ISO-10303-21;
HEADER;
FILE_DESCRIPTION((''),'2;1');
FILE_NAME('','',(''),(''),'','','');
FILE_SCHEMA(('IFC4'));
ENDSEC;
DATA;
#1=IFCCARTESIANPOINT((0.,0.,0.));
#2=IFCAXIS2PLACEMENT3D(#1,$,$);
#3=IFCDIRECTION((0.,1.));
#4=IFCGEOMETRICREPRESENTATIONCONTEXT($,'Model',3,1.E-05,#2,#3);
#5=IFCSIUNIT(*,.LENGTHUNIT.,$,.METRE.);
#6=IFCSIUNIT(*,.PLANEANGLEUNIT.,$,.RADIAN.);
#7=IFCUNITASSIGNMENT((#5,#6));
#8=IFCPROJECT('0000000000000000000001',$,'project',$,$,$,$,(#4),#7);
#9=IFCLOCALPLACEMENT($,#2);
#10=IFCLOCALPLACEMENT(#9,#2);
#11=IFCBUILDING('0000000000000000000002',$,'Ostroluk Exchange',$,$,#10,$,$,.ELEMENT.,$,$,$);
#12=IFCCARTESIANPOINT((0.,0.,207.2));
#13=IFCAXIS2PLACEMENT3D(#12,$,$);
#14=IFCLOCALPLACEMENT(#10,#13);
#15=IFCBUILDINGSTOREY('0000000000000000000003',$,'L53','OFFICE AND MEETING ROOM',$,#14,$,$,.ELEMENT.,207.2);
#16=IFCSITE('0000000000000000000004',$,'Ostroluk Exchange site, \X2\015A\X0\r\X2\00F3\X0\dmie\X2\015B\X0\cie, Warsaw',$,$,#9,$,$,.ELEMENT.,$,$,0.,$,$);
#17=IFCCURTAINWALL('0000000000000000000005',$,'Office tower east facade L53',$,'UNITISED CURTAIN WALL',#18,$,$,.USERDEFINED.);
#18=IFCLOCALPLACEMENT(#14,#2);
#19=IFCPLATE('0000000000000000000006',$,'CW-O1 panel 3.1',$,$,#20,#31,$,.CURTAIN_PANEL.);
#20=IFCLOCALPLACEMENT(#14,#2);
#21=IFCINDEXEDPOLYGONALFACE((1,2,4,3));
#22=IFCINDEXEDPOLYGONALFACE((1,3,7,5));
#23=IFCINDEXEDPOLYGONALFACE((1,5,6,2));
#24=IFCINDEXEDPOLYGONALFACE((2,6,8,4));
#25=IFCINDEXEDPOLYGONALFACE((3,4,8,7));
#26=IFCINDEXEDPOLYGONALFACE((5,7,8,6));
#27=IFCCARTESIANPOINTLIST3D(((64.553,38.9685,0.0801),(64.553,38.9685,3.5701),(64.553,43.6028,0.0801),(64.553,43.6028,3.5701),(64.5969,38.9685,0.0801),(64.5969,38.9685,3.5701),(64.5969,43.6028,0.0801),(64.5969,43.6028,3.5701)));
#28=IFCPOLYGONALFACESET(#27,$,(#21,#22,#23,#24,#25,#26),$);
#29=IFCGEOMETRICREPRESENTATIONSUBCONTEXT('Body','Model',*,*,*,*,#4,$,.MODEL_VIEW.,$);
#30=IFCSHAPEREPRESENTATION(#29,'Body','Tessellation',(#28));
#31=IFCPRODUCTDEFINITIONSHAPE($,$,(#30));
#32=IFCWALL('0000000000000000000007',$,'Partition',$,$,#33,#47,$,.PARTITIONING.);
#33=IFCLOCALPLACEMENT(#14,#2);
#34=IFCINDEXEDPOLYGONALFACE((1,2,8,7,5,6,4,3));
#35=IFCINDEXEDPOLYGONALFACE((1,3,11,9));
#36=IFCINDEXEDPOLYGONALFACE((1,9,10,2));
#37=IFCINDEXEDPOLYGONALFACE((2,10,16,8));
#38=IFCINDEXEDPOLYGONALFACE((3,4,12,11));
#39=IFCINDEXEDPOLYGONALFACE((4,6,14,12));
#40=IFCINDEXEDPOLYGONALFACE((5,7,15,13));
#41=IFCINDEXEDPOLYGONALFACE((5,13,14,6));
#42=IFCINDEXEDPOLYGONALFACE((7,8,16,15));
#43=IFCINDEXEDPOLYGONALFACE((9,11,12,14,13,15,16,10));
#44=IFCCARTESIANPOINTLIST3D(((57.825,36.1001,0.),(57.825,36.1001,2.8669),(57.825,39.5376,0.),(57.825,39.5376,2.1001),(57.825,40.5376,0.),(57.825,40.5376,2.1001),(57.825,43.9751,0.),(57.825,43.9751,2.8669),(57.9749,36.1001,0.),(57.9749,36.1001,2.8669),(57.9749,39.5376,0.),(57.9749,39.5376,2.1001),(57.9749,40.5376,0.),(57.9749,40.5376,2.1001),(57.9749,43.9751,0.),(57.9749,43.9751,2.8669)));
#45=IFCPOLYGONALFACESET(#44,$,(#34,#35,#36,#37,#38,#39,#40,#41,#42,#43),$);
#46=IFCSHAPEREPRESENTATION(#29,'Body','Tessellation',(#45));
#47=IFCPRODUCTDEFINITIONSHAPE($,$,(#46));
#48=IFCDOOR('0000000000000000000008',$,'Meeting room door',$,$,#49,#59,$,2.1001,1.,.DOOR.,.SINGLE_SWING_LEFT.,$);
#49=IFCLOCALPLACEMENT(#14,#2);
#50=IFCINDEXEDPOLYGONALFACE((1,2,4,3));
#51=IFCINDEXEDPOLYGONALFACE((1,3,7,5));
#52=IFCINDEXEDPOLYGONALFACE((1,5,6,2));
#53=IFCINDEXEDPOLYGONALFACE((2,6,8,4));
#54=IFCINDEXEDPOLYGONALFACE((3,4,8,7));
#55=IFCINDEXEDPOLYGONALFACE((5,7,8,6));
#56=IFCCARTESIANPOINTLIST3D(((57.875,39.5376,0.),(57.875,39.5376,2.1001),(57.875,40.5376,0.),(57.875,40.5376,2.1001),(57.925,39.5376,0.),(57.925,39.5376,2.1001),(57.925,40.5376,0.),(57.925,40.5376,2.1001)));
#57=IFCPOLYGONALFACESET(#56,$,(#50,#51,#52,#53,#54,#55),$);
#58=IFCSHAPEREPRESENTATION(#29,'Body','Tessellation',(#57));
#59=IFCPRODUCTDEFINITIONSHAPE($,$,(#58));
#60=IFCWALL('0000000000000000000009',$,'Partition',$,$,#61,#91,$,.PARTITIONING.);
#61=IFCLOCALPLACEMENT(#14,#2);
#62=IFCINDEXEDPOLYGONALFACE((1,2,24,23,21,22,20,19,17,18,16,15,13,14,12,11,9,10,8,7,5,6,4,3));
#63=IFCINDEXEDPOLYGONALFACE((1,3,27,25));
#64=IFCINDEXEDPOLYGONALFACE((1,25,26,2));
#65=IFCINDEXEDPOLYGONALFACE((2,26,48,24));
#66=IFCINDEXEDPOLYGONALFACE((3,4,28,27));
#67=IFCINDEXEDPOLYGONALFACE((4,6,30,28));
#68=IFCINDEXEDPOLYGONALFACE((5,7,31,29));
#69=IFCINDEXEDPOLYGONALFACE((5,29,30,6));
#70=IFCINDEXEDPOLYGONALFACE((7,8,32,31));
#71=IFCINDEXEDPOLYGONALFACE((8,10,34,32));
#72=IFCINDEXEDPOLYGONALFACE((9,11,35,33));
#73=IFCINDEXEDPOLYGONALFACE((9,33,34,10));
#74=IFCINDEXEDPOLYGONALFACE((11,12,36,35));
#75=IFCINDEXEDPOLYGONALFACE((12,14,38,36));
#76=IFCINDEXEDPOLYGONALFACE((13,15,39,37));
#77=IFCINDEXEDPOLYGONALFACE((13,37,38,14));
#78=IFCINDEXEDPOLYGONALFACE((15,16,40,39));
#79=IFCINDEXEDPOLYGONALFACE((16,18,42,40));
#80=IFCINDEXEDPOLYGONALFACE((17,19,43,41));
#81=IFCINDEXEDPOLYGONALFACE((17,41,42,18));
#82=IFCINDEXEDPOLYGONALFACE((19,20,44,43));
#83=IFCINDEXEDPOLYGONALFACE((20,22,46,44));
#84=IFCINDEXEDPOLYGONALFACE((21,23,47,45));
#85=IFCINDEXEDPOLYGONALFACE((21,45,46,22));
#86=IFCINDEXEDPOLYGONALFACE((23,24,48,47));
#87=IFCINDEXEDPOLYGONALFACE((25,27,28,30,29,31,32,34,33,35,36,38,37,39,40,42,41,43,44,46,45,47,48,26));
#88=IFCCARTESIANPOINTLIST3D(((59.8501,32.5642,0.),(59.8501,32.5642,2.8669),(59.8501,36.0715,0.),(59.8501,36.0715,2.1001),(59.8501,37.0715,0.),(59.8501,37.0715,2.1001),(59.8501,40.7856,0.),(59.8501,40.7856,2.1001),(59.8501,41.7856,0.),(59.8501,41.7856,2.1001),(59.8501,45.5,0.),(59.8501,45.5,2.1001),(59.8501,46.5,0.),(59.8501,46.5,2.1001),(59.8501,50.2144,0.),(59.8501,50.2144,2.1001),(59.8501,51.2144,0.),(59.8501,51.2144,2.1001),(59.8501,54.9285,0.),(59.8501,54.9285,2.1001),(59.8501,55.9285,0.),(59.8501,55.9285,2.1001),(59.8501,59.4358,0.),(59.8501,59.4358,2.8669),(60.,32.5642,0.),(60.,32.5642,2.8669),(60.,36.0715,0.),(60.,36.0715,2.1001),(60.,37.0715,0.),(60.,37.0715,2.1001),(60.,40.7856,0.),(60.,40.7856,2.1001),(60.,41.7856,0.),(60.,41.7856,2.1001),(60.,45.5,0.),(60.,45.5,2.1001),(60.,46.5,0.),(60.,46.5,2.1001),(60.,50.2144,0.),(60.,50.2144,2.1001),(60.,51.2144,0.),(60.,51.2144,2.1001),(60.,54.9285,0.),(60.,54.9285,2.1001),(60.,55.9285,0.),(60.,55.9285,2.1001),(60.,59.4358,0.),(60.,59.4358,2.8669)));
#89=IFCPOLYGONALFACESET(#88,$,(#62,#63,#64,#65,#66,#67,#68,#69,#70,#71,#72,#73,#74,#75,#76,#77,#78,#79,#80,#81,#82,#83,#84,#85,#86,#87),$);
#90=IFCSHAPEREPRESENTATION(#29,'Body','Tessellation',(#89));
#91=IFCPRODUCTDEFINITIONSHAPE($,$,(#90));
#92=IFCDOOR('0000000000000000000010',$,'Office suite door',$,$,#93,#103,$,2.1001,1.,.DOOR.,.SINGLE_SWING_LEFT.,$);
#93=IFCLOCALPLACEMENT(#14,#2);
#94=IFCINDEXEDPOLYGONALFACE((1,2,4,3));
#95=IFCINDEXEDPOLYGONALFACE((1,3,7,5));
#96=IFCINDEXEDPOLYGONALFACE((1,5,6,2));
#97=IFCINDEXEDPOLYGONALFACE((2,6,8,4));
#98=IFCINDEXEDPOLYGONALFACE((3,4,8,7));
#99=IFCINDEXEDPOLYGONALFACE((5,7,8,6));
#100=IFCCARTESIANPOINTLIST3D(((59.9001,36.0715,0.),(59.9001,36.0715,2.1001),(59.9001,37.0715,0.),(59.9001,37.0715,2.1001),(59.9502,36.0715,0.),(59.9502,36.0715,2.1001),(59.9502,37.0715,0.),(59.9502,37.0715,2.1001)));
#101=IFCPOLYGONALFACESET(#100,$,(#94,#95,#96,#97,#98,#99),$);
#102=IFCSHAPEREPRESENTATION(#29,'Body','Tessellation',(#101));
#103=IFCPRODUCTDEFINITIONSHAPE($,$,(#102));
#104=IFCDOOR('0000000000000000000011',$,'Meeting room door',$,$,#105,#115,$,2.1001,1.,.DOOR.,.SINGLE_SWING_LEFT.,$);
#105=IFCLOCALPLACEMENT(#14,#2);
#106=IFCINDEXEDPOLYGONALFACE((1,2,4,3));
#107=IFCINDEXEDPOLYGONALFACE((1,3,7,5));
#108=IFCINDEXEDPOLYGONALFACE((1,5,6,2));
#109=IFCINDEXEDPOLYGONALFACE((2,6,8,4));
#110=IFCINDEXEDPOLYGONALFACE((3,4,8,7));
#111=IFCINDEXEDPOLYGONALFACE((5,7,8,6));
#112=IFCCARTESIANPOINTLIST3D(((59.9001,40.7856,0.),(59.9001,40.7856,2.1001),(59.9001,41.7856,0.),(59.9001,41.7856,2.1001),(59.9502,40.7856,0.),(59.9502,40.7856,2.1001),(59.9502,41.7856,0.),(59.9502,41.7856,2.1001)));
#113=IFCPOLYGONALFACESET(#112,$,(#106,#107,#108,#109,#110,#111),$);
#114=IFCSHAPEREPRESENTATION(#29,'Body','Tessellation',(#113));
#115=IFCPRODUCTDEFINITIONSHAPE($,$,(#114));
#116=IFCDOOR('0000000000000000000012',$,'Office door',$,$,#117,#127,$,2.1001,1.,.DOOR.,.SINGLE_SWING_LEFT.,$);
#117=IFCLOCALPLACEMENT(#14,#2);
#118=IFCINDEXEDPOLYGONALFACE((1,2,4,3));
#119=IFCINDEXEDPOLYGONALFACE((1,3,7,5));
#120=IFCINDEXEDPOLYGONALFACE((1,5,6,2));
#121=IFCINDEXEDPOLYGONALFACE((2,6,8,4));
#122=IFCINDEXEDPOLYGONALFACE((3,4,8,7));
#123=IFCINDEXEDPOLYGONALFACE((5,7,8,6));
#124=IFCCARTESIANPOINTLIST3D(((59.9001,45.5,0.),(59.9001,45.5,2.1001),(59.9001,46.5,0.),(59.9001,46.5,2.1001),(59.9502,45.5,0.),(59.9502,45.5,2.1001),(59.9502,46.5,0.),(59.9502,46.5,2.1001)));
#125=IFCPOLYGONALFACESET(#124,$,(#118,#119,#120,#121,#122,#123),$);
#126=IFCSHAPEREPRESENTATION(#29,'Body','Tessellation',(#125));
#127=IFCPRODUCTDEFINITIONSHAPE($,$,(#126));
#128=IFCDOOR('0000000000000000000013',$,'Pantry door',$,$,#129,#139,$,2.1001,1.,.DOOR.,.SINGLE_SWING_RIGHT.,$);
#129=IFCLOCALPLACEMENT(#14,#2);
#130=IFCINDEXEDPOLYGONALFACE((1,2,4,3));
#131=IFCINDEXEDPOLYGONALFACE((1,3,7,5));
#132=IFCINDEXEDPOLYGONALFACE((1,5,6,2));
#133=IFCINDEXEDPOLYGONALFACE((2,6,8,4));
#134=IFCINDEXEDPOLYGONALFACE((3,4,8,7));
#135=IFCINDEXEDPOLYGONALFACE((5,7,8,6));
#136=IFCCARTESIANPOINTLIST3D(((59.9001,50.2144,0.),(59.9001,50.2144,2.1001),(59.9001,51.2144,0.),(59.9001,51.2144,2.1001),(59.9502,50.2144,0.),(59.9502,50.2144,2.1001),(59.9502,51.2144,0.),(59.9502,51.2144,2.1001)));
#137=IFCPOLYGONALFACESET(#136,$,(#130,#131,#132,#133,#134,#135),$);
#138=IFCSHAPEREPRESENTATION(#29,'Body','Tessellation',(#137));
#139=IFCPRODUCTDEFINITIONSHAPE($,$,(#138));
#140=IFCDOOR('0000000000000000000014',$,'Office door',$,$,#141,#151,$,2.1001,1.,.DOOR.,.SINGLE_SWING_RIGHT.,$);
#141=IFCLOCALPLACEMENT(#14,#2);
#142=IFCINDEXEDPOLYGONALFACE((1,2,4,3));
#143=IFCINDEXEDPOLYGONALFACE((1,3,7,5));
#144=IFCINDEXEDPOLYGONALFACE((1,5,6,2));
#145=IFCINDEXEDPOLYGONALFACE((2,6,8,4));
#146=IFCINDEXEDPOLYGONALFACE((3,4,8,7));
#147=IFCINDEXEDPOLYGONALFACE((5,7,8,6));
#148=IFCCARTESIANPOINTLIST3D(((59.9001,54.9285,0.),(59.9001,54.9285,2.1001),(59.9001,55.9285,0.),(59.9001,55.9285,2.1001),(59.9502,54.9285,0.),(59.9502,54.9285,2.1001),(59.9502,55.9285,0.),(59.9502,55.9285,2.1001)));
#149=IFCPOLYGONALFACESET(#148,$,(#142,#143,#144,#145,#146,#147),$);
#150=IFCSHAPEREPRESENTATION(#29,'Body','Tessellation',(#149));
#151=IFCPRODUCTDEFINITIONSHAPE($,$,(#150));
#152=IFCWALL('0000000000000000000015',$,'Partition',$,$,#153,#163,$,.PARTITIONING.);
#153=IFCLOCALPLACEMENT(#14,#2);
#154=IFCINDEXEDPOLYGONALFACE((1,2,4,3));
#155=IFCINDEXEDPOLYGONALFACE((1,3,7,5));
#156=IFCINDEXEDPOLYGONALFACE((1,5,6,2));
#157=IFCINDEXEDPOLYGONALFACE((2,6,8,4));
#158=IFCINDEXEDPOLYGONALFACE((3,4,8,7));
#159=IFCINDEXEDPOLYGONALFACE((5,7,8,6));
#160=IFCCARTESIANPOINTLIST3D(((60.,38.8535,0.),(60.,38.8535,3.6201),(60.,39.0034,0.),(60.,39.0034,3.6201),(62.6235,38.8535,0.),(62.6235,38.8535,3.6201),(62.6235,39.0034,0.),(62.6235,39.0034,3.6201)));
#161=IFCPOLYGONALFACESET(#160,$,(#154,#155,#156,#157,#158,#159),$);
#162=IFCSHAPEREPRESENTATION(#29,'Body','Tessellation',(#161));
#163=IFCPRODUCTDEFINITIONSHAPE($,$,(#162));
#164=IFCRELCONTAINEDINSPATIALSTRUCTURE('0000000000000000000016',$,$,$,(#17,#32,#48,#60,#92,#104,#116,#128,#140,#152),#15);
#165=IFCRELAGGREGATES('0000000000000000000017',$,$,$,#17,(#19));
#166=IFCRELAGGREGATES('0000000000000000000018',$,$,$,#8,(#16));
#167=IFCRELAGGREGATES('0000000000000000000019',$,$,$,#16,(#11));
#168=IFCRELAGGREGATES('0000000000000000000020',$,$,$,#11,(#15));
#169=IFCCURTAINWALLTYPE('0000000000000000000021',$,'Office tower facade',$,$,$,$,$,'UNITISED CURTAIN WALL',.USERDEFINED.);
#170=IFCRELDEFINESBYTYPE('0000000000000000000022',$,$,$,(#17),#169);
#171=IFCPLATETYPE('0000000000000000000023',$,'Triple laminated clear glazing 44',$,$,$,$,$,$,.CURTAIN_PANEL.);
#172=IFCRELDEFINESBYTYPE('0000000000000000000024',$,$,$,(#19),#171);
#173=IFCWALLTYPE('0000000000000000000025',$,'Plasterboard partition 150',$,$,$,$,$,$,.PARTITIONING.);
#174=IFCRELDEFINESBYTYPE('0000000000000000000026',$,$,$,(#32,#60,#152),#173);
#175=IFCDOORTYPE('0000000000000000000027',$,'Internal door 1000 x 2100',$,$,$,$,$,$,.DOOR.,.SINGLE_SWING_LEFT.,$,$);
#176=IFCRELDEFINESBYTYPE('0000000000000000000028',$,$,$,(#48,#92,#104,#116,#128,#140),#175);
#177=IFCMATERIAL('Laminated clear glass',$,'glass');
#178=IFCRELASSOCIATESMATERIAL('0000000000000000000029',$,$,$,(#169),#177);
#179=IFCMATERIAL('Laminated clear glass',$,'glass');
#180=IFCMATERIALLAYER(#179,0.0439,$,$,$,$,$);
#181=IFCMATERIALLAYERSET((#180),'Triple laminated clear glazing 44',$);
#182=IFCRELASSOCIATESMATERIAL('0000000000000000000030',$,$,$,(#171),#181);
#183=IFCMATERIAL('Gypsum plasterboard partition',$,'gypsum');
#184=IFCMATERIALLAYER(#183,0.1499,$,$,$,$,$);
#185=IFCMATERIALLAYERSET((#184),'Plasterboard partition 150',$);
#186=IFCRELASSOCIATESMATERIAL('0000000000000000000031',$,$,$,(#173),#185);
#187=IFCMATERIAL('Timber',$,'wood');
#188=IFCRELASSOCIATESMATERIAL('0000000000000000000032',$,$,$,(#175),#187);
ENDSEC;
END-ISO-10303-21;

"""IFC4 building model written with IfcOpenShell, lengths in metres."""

from ifc_helpers import new_model, si_unit, direction, frame, frame_2d, origin, origin_2d, place, context, subcontext, project, spatial, rectangle, extrude, material, layer, layer_set, type_object, element, fill, aggregate, save


model = new_model("IFC4")

# Units and contexts
model_context = context("Model", 3, precision=1e-05, world=origin(), true_north=direction((0.0, 1.0)))
body_context = subcontext(model_context, "Body", "Model", "MODEL_VIEW")
ifc_project = project(units=[si_unit("LENGTHUNIT", "METRE"), si_unit("PLANEANGLEUNIT", "RADIAN")], contexts=[model_context])

# Site, building, storey
site_placement = place(None, origin())
site = spatial("IfcSite", under=ifc_project, at=site_placement, Name="Ostroluk Exchange site, Śródmieście, Warsaw", CompositionType="ELEMENT", RefElevation=0.0)
building_placement = place(site_placement, origin())
building = spatial("IfcBuilding", under=site, at=building_placement, Name="Ostroluk Exchange", CompositionType="ELEMENT")
storey_placement = place(building_placement, frame((0.0, 0.0, 207.2)))
storey = spatial("IfcBuildingStorey", under=building, at=storey_placement, Name="L53", Description="OFFICE AND MEETING ROOM", CompositionType="ELEMENT", Elevation=207.2)

# Curtain wall, plate
ifc_material_1 = material(Name="Laminated clear glass", Category="glass")
curtain_wall_type = type_object("IfcCurtainWallType", Name="Office tower facade", ElementType="UNITISED CURTAIN WALL", PredefinedType="USERDEFINED", material=ifc_material_1)
curtain_wall_placement = place(storey_placement, origin())
curtain_wall = element("IfcCurtainWall", 1, at=curtain_wall_placement, inside=storey, type_object=curtain_wall_type, Name="Office tower east facade L53", ObjectType="UNITISED CURTAIN WALL", PredefinedType="USERDEFINED")
ifc_material_2 = material(Name="Laminated clear glass", Category="glass")
ifc_layer_1 = layer(ifc_material_2, 0.0439)
ifc_layer_set_1 = layer_set([ifc_layer_1], Name="Triple laminated clear glazing 44")
plate_type = type_object("IfcPlateType", Name="Triple laminated clear glazing 44", PredefinedType="CURTAIN_PANEL", material=ifc_layer_set_1)
plate_1_placement = place(storey_placement, frame((64.575, 41.2856, 0.0801), z_axis=(0.0, 0.0, 1.0), x_axis=(0.0, 1.0, 0.0)))
plate_1 = element("IfcPlate", 2, at=plate_1_placement, type_object=plate_type, Name="CW-O1 panel 3.1", PredefinedType="CURTAIN_PANEL", context=body_context, shape_type="SweptSolid", body=[
    extrude(rectangle(XDim=4.6343, YDim=0.0439, at=origin_2d()), origin(), (0.0, 0.0, 1.0), 3.49),
])
aggregate(curtain_wall, [plate_1])

# Wall, opening, door
ifc_material_3 = material(Name="Gypsum plasterboard partition", Category="gypsum")
ifc_layer_2 = layer(ifc_material_3, 0.1499)
ifc_layer_set_2 = layer_set([ifc_layer_2], Name="Plasterboard partition 150")
wall_type = type_object("IfcWallType", Name="Plasterboard partition 150", PredefinedType="PARTITIONING", material=ifc_layer_set_2)
wall_1_placement = place(storey_placement, frame((57.8999, 36.1001, 0.0), z_axis=(0.0, 0.0, 1.0), x_axis=(0.0, 1.0, 0.0)))
wall_1 = element("IfcWall", 3, at=wall_1_placement, inside=storey, type_object=wall_type, Name="Partition", PredefinedType="PARTITIONING", context=body_context, shape_type="SweptSolid", body=[
    extrude(rectangle(XDim=7.875, YDim=0.1499, at=frame_2d((3.9375, 0.0))), origin(), (0.0, 0.0, 1.0), 2.8669),
])
opening_1_placement = place(wall_1_placement, frame((3.4375, 0.0, 0.0)))
opening_1 = element("IfcOpeningElement", 4, at=opening_1_placement, cuts=wall_1, PredefinedType="OPENING", context=body_context, shape_type="SweptSolid", body=[
    extrude(rectangle(XDim=1.0, YDim=2.1001, at=frame_2d((0.5, 1.05))), frame((0.0, 0.085, 0.0), z_axis=(0.0, -1.0, 0.0), x_axis=(1.0, 0.0, 0.0)), (0.0, 0.0, 1.0), 0.1699),
])
ifc_material_4 = material(Name="Timber", Category="wood")
door_type = type_object("IfcDoorType", Name="Internal door 1000 x 2100", OperationType="SINGLE_SWING_LEFT", PredefinedType="DOOR", material=ifc_material_4)
door_1_placement = place(opening_1_placement, origin())
door_1 = element("IfcDoor", 5, at=door_1_placement, inside=storey, type_object=door_type, Name="Meeting room door", OperationType="SINGLE_SWING_LEFT", OverallHeight=2.1001, OverallWidth=1.0, PredefinedType="DOOR", context=body_context, shape_type="SweptSolid", body=[
    extrude(rectangle(XDim=1.0, YDim=2.1001, at=frame_2d((0.5, 1.05))), frame((0.0, 0.0249, 0.0), z_axis=(0.0, -1.0, 0.0), x_axis=(1.0, 0.0, 0.0)), (0.0, 0.0, 1.0), 0.05),
])
fill(opening_1, door_1)

# Wall, openings, doors
wall_2_placement = place(storey_placement, frame((59.925, 32.5642, 0.0), z_axis=(0.0, 0.0, 1.0), x_axis=(0.0, 1.0, 0.0)))
wall_2 = element("IfcWall", 6, at=wall_2_placement, inside=storey, type_object=wall_type, Name="Partition", PredefinedType="PARTITIONING", context=body_context, shape_type="SweptSolid", body=[
    extrude(rectangle(XDim=26.8716, YDim=0.1499, at=frame_2d((13.4358, 0.0))), origin(), (0.0, 0.0, 1.0), 2.8669),
])
opening_2_placement = place(wall_2_placement, frame((3.5073, 0.0, 0.0)))
opening_2 = element("IfcOpeningElement", 7, at=opening_2_placement, cuts=wall_2, PredefinedType="OPENING", context=body_context, shape_type="SweptSolid", body=[
    extrude(rectangle(XDim=1.0, YDim=2.1001, at=frame_2d((0.5, 1.05))), frame((0.0, 0.085, 0.0), z_axis=(0.0, -1.0, 0.0), x_axis=(1.0, 0.0, 0.0)), (0.0, 0.0, 1.0), 0.1699),
])
opening_3_placement = place(wall_2_placement, frame((8.2214, 0.0, 0.0)))
opening_3 = element("IfcOpeningElement", 8, at=opening_3_placement, cuts=wall_2, PredefinedType="OPENING", context=body_context, shape_type="SweptSolid", body=[
    extrude(rectangle(XDim=1.0, YDim=2.1001, at=frame_2d((0.5, 1.05))), frame((0.0, 0.085, 0.0), z_axis=(0.0, -1.0, 0.0), x_axis=(1.0, 0.0, 0.0)), (0.0, 0.0, 1.0), 0.1699),
])
opening_4_placement = place(wall_2_placement, frame((12.9358, 0.0, 0.0)))
opening_4 = element("IfcOpeningElement", 9, at=opening_4_placement, cuts=wall_2, PredefinedType="OPENING", context=body_context, shape_type="SweptSolid", body=[
    extrude(rectangle(XDim=1.0, YDim=2.1001, at=frame_2d((0.5, 1.05))), frame((0.0, 0.085, 0.0), z_axis=(0.0, -1.0, 0.0), x_axis=(1.0, 0.0, 0.0)), (0.0, 0.0, 1.0), 0.1699),
])
opening_5_placement = place(wall_2_placement, frame((17.6501, 0.0, 0.0)))
opening_5 = element("IfcOpeningElement", 10, at=opening_5_placement, cuts=wall_2, PredefinedType="OPENING", context=body_context, shape_type="SweptSolid", body=[
    extrude(rectangle(XDim=1.0, YDim=2.1001, at=frame_2d((0.5, 1.05))), frame((0.0, 0.085, 0.0), z_axis=(0.0, -1.0, 0.0), x_axis=(1.0, 0.0, 0.0)), (0.0, 0.0, 1.0), 0.1699),
])
opening_6_placement = place(wall_2_placement, frame((22.3643, 0.0, 0.0)))
opening_6 = element("IfcOpeningElement", 11, at=opening_6_placement, cuts=wall_2, PredefinedType="OPENING", context=body_context, shape_type="SweptSolid", body=[
    extrude(rectangle(XDim=1.0, YDim=2.1001, at=frame_2d((0.5, 1.05))), frame((0.0, 0.085, 0.0), z_axis=(0.0, -1.0, 0.0), x_axis=(1.0, 0.0, 0.0)), (0.0, 0.0, 1.0), 0.1699),
])
door_2_placement = place(opening_2_placement, origin())
door_2 = element("IfcDoor", 12, at=door_2_placement, inside=storey, type_object=door_type, Name="Office suite door", OperationType="SINGLE_SWING_LEFT", OverallHeight=2.1001, OverallWidth=1.0, PredefinedType="DOOR", context=body_context, shape_type="SweptSolid", body=[
    extrude(rectangle(XDim=1.0, YDim=2.1001, at=frame_2d((0.5, 1.05))), frame((0.0, 0.0249, 0.0), z_axis=(0.0, -1.0, 0.0), x_axis=(1.0, 0.0, 0.0)), (0.0, 0.0, 1.0), 0.05),
])
fill(opening_2, door_2)
door_3_placement = place(opening_3_placement, origin())
door_3 = element("IfcDoor", 13, at=door_3_placement, inside=storey, type_object=door_type, Name="Meeting room door", OperationType="SINGLE_SWING_LEFT", OverallHeight=2.1001, OverallWidth=1.0, PredefinedType="DOOR", context=body_context, shape_type="SweptSolid", body=[
    extrude(rectangle(XDim=1.0, YDim=2.1001, at=frame_2d((0.5, 1.05))), frame((0.0, 0.0249, 0.0), z_axis=(0.0, -1.0, 0.0), x_axis=(1.0, 0.0, 0.0)), (0.0, 0.0, 1.0), 0.05),
])
fill(opening_3, door_3)
door_4_placement = place(opening_4_placement, origin())
door_4 = element("IfcDoor", 14, at=door_4_placement, inside=storey, type_object=door_type, Name="Office door", OperationType="SINGLE_SWING_LEFT", OverallHeight=2.1001, OverallWidth=1.0, PredefinedType="DOOR", context=body_context, shape_type="SweptSolid", body=[
    extrude(rectangle(XDim=1.0, YDim=2.1001, at=frame_2d((0.5, 1.05))), frame((0.0, 0.0249, 0.0), z_axis=(0.0, -1.0, 0.0), x_axis=(1.0, 0.0, 0.0)), (0.0, 0.0, 1.0), 0.05),
])
fill(opening_4, door_4)
door_5_placement = place(opening_5_placement, origin())
door_5 = element("IfcDoor", 15, at=door_5_placement, inside=storey, type_object=door_type, Name="Pantry door", OperationType="SINGLE_SWING_RIGHT", OverallHeight=2.1001, OverallWidth=1.0, PredefinedType="DOOR", context=body_context, shape_type="SweptSolid", body=[
    extrude(rectangle(XDim=1.0, YDim=2.1001, at=frame_2d((0.5, 1.05))), frame((0.0, 0.0249, 0.0), z_axis=(0.0, -1.0, 0.0), x_axis=(1.0, 0.0, 0.0)), (0.0, 0.0, 1.0), 0.05),
])
fill(opening_5, door_5)
door_6_placement = place(opening_6_placement, origin())
door_6 = element("IfcDoor", 16, at=door_6_placement, inside=storey, type_object=door_type, Name="Office door", OperationType="SINGLE_SWING_RIGHT", OverallHeight=2.1001, OverallWidth=1.0, PredefinedType="DOOR", context=body_context, shape_type="SweptSolid", body=[
    extrude(rectangle(XDim=1.0, YDim=2.1001, at=frame_2d((0.5, 1.05))), frame((0.0, 0.0249, 0.0), z_axis=(0.0, -1.0, 0.0), x_axis=(1.0, 0.0, 0.0)), (0.0, 0.0, 1.0), 0.05),
])
fill(opening_6, door_6)

# Wall
wall_3_placement = place(storey_placement, frame((60.0, 38.9285, 0.0), z_axis=(0.0, 0.0, 1.0), x_axis=(1.0, 0.0, 0.0)))
element("IfcWall", 17, at=wall_3_placement, inside=storey, type_object=wall_type, Name="Partition", PredefinedType="PARTITIONING", context=body_context, shape_type="SweptSolid", body=[
    extrude(rectangle(XDim=2.6235, YDim=0.1499, at=frame_2d((1.3118, 0.0))), origin(), (0.0, 0.0, 1.0), 3.6201),
])

save(model, "model.ifc")
